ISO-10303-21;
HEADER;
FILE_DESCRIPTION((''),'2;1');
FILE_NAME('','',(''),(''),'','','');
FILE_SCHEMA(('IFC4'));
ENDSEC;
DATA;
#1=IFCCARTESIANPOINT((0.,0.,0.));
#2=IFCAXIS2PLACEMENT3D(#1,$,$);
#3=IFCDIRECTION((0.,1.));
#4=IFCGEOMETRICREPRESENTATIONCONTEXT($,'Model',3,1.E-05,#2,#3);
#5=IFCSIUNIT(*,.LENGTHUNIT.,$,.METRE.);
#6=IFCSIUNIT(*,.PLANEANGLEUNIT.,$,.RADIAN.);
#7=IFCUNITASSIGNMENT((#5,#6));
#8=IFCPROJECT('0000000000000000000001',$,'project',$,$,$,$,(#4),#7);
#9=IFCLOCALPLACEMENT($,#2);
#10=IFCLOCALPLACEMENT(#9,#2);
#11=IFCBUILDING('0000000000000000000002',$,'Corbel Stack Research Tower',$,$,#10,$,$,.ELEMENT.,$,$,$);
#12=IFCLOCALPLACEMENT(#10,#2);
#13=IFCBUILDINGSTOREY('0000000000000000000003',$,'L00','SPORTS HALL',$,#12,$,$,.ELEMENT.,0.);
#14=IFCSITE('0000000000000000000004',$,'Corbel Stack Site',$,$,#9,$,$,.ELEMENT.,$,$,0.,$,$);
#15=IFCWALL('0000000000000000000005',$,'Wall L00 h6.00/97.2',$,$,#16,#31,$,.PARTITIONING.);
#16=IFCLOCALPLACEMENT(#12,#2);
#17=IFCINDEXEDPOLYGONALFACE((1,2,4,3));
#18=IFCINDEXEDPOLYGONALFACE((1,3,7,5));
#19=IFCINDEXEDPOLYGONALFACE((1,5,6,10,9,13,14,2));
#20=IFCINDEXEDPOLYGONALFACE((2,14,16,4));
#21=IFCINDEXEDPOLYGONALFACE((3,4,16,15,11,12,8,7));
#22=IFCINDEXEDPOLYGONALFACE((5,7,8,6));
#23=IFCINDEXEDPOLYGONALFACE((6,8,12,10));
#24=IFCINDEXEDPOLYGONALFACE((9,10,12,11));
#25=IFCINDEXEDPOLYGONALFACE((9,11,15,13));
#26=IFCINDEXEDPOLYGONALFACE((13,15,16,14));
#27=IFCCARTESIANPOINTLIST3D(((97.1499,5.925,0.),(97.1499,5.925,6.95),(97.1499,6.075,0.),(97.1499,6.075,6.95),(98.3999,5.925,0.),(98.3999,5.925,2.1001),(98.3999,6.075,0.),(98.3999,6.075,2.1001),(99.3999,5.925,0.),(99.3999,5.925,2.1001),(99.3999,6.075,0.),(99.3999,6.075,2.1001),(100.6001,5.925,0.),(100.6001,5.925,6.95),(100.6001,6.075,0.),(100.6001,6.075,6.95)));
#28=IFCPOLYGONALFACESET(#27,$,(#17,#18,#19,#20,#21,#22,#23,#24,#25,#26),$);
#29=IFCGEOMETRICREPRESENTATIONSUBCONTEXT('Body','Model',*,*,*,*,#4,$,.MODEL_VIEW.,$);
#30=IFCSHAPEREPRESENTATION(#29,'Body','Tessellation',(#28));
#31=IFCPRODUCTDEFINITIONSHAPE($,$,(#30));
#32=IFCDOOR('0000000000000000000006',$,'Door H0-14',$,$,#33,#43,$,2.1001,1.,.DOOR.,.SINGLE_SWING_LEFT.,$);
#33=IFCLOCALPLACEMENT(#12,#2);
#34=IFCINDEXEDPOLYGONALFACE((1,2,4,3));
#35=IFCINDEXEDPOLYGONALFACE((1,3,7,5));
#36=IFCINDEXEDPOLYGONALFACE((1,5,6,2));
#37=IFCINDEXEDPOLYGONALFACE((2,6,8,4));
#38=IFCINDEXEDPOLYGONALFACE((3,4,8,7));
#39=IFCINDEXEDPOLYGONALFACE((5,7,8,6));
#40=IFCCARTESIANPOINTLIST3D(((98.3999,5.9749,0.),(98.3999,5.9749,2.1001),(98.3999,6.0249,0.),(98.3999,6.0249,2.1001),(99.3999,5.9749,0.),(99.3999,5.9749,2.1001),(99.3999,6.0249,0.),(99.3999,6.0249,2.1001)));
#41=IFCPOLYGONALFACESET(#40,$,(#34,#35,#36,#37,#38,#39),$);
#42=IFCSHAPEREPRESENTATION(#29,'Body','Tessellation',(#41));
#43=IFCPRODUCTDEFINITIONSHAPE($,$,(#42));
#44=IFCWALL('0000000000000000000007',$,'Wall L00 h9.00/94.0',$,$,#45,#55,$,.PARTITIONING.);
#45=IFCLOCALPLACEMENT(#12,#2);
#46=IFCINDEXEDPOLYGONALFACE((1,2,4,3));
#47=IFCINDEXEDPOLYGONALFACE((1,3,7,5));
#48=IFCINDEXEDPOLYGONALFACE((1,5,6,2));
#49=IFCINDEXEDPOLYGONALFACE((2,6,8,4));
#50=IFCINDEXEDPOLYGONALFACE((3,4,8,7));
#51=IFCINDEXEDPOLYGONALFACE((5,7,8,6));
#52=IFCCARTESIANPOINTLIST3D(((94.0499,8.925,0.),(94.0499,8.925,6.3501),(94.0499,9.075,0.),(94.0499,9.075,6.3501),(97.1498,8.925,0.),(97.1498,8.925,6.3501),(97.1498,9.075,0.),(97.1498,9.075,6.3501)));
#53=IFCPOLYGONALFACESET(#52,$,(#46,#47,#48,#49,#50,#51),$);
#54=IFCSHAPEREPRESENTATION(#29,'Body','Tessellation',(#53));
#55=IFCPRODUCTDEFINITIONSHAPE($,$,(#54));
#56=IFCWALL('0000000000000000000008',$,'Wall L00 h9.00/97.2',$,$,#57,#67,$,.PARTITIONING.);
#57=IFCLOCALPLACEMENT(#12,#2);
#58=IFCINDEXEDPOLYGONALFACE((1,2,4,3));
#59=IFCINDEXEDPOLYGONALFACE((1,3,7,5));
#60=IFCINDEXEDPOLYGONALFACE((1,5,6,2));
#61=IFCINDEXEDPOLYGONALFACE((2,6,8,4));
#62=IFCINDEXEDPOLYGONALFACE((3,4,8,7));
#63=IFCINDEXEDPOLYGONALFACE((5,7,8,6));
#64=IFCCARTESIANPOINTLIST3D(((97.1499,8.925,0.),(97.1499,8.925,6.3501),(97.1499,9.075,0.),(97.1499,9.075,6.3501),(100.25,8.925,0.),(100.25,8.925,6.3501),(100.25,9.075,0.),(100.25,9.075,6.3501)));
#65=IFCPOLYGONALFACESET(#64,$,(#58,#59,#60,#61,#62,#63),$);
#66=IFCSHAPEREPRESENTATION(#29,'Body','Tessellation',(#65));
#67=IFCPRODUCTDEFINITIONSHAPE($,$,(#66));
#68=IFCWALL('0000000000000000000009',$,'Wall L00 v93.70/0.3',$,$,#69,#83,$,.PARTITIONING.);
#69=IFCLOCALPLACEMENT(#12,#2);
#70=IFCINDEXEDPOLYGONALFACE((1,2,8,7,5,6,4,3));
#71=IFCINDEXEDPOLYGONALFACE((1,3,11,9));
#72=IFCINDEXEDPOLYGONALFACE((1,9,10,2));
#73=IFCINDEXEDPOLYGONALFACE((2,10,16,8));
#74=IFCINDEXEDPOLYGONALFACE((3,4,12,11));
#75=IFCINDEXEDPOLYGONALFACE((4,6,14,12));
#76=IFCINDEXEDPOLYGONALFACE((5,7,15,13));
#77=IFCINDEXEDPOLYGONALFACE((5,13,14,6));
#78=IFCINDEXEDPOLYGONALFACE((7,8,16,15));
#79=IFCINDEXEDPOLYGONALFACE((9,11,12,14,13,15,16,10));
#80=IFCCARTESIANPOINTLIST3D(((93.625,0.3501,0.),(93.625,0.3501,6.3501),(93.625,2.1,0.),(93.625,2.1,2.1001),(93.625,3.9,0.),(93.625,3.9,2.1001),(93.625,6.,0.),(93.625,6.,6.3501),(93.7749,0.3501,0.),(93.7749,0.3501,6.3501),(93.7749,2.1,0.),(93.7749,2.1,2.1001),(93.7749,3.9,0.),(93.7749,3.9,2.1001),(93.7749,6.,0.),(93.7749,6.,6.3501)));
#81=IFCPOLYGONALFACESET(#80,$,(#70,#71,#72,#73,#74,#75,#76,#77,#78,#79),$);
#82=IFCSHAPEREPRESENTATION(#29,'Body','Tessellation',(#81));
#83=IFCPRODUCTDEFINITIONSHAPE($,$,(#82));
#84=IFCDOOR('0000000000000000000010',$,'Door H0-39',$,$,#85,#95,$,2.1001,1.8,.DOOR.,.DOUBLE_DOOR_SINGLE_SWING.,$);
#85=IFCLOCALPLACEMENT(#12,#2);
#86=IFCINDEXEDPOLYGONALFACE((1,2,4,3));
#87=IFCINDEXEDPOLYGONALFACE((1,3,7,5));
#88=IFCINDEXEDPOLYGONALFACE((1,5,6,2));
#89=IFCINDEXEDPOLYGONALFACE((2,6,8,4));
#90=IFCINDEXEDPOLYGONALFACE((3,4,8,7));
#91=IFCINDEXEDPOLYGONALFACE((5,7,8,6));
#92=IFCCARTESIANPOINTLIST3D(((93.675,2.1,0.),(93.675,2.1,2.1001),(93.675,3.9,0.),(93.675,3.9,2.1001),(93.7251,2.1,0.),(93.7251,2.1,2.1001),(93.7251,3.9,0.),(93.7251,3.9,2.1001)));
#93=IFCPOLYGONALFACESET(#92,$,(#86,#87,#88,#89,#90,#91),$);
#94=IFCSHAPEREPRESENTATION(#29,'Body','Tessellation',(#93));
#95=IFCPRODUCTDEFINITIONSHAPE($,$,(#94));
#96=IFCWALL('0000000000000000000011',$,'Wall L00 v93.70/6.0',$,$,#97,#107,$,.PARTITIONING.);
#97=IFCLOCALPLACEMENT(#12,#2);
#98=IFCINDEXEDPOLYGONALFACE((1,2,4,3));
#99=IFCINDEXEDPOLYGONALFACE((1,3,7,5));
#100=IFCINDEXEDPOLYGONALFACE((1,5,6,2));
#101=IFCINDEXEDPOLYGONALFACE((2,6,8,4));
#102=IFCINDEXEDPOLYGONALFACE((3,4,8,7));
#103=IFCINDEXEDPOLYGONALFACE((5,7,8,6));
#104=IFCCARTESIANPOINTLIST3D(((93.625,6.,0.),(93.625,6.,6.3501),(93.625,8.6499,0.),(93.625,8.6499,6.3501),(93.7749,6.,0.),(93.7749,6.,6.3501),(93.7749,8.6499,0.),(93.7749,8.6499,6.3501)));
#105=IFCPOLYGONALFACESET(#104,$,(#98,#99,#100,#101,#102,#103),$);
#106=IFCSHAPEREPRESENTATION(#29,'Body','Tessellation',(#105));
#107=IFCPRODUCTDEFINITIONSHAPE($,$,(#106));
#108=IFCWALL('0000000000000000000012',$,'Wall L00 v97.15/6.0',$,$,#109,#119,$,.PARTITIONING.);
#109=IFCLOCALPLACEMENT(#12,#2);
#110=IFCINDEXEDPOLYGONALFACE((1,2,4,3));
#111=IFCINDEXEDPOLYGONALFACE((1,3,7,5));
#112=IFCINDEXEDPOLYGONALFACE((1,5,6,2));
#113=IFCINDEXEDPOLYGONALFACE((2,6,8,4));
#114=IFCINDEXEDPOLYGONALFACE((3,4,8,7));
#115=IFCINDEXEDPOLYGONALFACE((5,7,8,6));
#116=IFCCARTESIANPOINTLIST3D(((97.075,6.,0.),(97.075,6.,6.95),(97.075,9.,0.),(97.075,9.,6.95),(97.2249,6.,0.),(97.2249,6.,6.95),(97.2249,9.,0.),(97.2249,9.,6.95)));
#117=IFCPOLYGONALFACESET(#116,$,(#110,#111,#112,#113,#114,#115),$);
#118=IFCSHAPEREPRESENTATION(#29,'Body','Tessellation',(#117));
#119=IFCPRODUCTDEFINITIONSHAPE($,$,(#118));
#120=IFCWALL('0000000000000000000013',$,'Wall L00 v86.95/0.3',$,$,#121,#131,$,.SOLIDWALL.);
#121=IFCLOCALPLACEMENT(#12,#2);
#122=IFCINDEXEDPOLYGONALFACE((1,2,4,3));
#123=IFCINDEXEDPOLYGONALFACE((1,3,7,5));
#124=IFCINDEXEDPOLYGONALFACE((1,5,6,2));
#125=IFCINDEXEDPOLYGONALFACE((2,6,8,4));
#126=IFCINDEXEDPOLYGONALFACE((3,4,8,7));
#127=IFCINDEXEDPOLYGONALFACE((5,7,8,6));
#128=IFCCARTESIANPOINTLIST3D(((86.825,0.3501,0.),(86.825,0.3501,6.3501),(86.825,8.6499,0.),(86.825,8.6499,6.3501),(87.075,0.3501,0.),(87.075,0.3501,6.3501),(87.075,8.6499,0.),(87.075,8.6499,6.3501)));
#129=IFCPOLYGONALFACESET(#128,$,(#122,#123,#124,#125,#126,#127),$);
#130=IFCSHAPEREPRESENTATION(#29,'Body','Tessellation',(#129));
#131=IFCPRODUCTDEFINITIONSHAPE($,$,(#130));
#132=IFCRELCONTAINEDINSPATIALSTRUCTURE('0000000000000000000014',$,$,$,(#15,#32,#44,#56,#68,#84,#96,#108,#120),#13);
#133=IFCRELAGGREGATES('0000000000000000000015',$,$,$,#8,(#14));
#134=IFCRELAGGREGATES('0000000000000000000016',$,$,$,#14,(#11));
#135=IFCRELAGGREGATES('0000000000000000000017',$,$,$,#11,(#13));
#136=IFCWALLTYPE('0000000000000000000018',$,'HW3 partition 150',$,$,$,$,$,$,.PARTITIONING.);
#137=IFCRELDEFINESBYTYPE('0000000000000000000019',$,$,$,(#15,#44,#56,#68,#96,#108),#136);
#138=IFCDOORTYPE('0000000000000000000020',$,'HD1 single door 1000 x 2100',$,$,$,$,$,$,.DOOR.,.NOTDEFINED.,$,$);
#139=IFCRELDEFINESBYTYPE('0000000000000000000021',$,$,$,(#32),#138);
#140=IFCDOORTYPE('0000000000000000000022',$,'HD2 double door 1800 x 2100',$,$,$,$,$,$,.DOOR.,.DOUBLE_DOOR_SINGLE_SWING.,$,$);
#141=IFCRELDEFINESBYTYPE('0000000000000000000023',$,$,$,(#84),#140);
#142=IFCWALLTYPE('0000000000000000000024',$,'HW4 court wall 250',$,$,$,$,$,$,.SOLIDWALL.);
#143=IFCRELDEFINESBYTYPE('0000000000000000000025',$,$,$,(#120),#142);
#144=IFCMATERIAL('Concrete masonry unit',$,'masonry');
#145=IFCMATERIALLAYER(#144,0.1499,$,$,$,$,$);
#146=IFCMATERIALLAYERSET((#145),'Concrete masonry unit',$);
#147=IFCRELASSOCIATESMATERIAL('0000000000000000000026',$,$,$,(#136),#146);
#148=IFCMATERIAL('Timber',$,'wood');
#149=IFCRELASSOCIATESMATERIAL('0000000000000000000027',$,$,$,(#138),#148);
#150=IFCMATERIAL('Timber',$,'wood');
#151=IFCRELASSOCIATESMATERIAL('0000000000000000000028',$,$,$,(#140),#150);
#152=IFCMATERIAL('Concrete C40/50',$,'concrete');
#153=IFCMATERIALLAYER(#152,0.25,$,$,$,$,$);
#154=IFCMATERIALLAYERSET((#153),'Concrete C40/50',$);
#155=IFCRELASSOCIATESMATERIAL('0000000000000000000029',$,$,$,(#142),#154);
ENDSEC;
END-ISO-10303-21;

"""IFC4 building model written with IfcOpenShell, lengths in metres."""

from ifc_helpers import new_model, si_unit, direction, frame, frame_2d, origin, place, context, subcontext, project, spatial, rectangle, extrude, material, layer, layer_set, type_object, element, fill, save


model = new_model("IFC4")

# Units and contexts
model_context = context("Model", 3, precision=1e-05, world=origin(), true_north=direction((0.0, 1.0)))
body_context = subcontext(model_context, "Body", "Model", "MODEL_VIEW")
ifc_project = project(units=[si_unit("LENGTHUNIT", "METRE"), si_unit("PLANEANGLEUNIT", "RADIAN")], contexts=[model_context])

# Site, building, storey
site_placement = place(None, origin())
site = spatial("IfcSite", under=ifc_project, at=site_placement, Name="Corbel Stack Site", CompositionType="ELEMENT", RefElevation=0.0)
building_placement = place(site_placement, origin())
building = spatial("IfcBuilding", under=site, at=building_placement, Name="Corbel Stack Research Tower", CompositionType="ELEMENT")
storey_placement = place(building_placement, origin())
storey = spatial("IfcBuildingStorey", under=building, at=storey_placement, Name="L00", Description="SPORTS HALL", CompositionType="ELEMENT", Elevation=0.0)

# Wall, opening, door
ifc_material_1 = material(Name="Concrete masonry unit", Category="masonry")
ifc_layer_1 = layer(ifc_material_1, 0.1499)
ifc_layer_set_1 = layer_set([ifc_layer_1], Name="Concrete masonry unit")
wall_type_1 = type_object("IfcWallType", Name="HW3 partition 150", PredefinedType="PARTITIONING", material=ifc_layer_set_1)
ifc_material_2 = material(Name="Timber", Category="wood")
door_type_1 = type_object("IfcDoorType", Name="HD1 single door 1000 x 2100", OperationType="NOTDEFINED", PredefinedType="DOOR", material=ifc_material_2)
wall_1_placement = place(storey_placement, frame((97.1499, 6.0, 0.0), z_axis=(0.0, 0.0, 1.0), x_axis=(1.0, 0.0, 0.0)))
wall_1 = element("IfcWall", 1, at=wall_1_placement, inside=storey, type_object=wall_type_1, Name="Wall L00 h6.00/97.2", PredefinedType="PARTITIONING", context=body_context, shape_type="SweptSolid", body=[
    extrude(rectangle(XDim=3.4502, YDim=0.1499, at=frame_2d((1.7251, 0.0))), origin(), (0.0, 0.0, 1.0), 6.95),
])
opening_1_placement = place(wall_1_placement, frame((1.25, 0.0, 0.0)))
opening_1 = element("IfcOpeningElement", 2, at=opening_1_placement, cuts=wall_1, PredefinedType="OPENING", context=body_context, shape_type="SweptSolid", body=[
    extrude(rectangle(XDim=1.0, YDim=2.1001, at=frame_2d((0.5, 1.05))), frame((0.0, 0.085, 0.0), z_axis=(0.0, -1.0, 0.0), x_axis=(1.0, 0.0, 0.0)), (0.0, 0.0, 1.0), 0.1699),
])
door_1_placement = place(opening_1_placement, origin())
door_1 = element("IfcDoor", 3, at=door_1_placement, inside=storey, type_object=door_type_1, Name="Door H0-14", OperationType="SINGLE_SWING_LEFT", OverallHeight=2.1001, OverallWidth=1.0, PredefinedType="DOOR", context=body_context, shape_type="SweptSolid", body=[
    extrude(rectangle(XDim=1.0, YDim=2.1001, at=frame_2d((0.5, 1.05))), frame((0.0, 0.0249, 0.0), z_axis=(0.0, -1.0, 0.0), x_axis=(1.0, 0.0, 0.0)), (0.0, 0.0, 1.0), 0.05),
])
fill(opening_1, door_1)

# Walls
wall_2_placement = place(storey_placement, frame((94.05, 9.0, 0.0), z_axis=(0.0, 0.0, 1.0), x_axis=(1.0, 0.0, 0.0)))
element("IfcWall", 4, at=wall_2_placement, inside=storey, type_object=wall_type_1, Name="Wall L00 h9.00/94.0", PredefinedType="PARTITIONING", context=body_context, shape_type="SweptSolid", body=[
    extrude(rectangle(XDim=3.0999, YDim=0.1499, at=frame_2d((1.5498, 0.0))), origin(), (0.0, 0.0, 1.0), 6.3501),
])
wall_3_placement = place(storey_placement, frame((97.1499, 9.0, 0.0), z_axis=(0.0, 0.0, 1.0), x_axis=(1.0, 0.0, 0.0)))
element("IfcWall", 5, at=wall_3_placement, inside=storey, type_object=wall_type_1, Name="Wall L00 h9.00/97.2", PredefinedType="PARTITIONING", context=body_context, shape_type="SweptSolid", body=[
    extrude(rectangle(XDim=3.1001, YDim=0.1499, at=frame_2d((1.55, 0.0))), origin(), (0.0, 0.0, 1.0), 6.3501),
])

# Wall, opening, door
wall_4_placement = place(storey_placement, frame((93.7, 0.3501, 0.0), z_axis=(0.0, 0.0, 1.0), x_axis=(0.0, 1.0, 0.0)))
wall_4 = element("IfcWall", 6, at=wall_4_placement, inside=storey, type_object=wall_type_1, Name="Wall L00 v93.70/0.3", PredefinedType="PARTITIONING", context=body_context, shape_type="SweptSolid", body=[
    extrude(rectangle(XDim=5.6499, YDim=0.1499, at=frame_2d((2.825, 0.0))), origin(), (0.0, 0.0, 1.0), 6.3501),
])
opening_2_placement = place(wall_4_placement, frame((1.75, 0.0, 0.0)))
opening_2 = element("IfcOpeningElement", 7, at=opening_2_placement, cuts=wall_4, PredefinedType="OPENING", context=body_context, shape_type="SweptSolid", body=[
    extrude(rectangle(XDim=1.8, YDim=2.1001, at=frame_2d((0.8999, 1.05))), frame((0.0, 0.085, 0.0), z_axis=(0.0, -1.0, 0.0), x_axis=(1.0, 0.0, 0.0)), (0.0, 0.0, 1.0), 0.1699),
])
ifc_material_3 = material(Name="Timber", Category="wood")
door_type_2 = type_object("IfcDoorType", Name="HD2 double door 1800 x 2100", OperationType="DOUBLE_DOOR_SINGLE_SWING", PredefinedType="DOOR", material=ifc_material_3)
door_2_placement = place(opening_2_placement, origin())
door_2 = element("IfcDoor", 8, at=door_2_placement, inside=storey, type_object=door_type_2, Name="Door H0-39", OperationType="DOUBLE_DOOR_SINGLE_SWING", OverallHeight=2.1001, OverallWidth=1.8, PredefinedType="DOOR", context=body_context, shape_type="SweptSolid", body=[
    extrude(rectangle(XDim=1.8, YDim=2.1001, at=frame_2d((0.8999, 1.05))), frame((0.0, 0.0249, 0.0), z_axis=(0.0, -1.0, 0.0), x_axis=(1.0, 0.0, 0.0)), (0.0, 0.0, 1.0), 0.05),
])
fill(opening_2, door_2)

# Walls
wall_5_placement = place(storey_placement, frame((93.7, 6.0, 0.0), z_axis=(0.0, 0.0, 1.0), x_axis=(0.0, 1.0, 0.0)))
element("IfcWall", 9, at=wall_5_placement, inside=storey, type_object=wall_type_1, Name="Wall L00 v93.70/6.0", PredefinedType="PARTITIONING", context=body_context, shape_type="SweptSolid", body=[
    extrude(rectangle(XDim=2.6499, YDim=0.1499, at=frame_2d((1.325, 0.0))), origin(), (0.0, 0.0, 1.0), 6.3501),
])
wall_6_placement = place(storey_placement, frame((97.1499, 6.0, 0.0), z_axis=(0.0, 0.0, 1.0), x_axis=(0.0, 1.0, 0.0)))
element("IfcWall", 10, at=wall_6_placement, inside=storey, type_object=wall_type_1, Name="Wall L00 v97.15/6.0", PredefinedType="PARTITIONING", context=body_context, shape_type="SweptSolid", body=[
    extrude(rectangle(XDim=3.0, YDim=0.1499, at=frame_2d((1.5, 0.0))), origin(), (0.0, 0.0, 1.0), 6.95),
])
ifc_material_4 = material(Name="Concrete C40/50", Category="concrete")
ifc_layer_2 = layer(ifc_material_4, 0.25)
ifc_layer_set_2 = layer_set([ifc_layer_2], Name="Concrete C40/50")
wall_type_2 = type_object("IfcWallType", Name="HW4 court wall 250", PredefinedType="SOLIDWALL", material=ifc_layer_set_2)
wall_7_placement = place(storey_placement, frame((86.95, 0.3501, 0.0), z_axis=(0.0, 0.0, 1.0), x_axis=(0.0, 1.0, 0.0)))
element("IfcWall", 11, at=wall_7_placement, inside=storey, type_object=wall_type_2, Name="Wall L00 v86.95/0.3", PredefinedType="SOLIDWALL", context=body_context, shape_type="SweptSolid", body=[
    extrude(rectangle(XDim=8.2998, YDim=0.25, at=frame_2d((4.1499, 0.0))), origin(), (0.0, 0.0, 1.0), 6.3501),
])

save(model, "model.ifc")
